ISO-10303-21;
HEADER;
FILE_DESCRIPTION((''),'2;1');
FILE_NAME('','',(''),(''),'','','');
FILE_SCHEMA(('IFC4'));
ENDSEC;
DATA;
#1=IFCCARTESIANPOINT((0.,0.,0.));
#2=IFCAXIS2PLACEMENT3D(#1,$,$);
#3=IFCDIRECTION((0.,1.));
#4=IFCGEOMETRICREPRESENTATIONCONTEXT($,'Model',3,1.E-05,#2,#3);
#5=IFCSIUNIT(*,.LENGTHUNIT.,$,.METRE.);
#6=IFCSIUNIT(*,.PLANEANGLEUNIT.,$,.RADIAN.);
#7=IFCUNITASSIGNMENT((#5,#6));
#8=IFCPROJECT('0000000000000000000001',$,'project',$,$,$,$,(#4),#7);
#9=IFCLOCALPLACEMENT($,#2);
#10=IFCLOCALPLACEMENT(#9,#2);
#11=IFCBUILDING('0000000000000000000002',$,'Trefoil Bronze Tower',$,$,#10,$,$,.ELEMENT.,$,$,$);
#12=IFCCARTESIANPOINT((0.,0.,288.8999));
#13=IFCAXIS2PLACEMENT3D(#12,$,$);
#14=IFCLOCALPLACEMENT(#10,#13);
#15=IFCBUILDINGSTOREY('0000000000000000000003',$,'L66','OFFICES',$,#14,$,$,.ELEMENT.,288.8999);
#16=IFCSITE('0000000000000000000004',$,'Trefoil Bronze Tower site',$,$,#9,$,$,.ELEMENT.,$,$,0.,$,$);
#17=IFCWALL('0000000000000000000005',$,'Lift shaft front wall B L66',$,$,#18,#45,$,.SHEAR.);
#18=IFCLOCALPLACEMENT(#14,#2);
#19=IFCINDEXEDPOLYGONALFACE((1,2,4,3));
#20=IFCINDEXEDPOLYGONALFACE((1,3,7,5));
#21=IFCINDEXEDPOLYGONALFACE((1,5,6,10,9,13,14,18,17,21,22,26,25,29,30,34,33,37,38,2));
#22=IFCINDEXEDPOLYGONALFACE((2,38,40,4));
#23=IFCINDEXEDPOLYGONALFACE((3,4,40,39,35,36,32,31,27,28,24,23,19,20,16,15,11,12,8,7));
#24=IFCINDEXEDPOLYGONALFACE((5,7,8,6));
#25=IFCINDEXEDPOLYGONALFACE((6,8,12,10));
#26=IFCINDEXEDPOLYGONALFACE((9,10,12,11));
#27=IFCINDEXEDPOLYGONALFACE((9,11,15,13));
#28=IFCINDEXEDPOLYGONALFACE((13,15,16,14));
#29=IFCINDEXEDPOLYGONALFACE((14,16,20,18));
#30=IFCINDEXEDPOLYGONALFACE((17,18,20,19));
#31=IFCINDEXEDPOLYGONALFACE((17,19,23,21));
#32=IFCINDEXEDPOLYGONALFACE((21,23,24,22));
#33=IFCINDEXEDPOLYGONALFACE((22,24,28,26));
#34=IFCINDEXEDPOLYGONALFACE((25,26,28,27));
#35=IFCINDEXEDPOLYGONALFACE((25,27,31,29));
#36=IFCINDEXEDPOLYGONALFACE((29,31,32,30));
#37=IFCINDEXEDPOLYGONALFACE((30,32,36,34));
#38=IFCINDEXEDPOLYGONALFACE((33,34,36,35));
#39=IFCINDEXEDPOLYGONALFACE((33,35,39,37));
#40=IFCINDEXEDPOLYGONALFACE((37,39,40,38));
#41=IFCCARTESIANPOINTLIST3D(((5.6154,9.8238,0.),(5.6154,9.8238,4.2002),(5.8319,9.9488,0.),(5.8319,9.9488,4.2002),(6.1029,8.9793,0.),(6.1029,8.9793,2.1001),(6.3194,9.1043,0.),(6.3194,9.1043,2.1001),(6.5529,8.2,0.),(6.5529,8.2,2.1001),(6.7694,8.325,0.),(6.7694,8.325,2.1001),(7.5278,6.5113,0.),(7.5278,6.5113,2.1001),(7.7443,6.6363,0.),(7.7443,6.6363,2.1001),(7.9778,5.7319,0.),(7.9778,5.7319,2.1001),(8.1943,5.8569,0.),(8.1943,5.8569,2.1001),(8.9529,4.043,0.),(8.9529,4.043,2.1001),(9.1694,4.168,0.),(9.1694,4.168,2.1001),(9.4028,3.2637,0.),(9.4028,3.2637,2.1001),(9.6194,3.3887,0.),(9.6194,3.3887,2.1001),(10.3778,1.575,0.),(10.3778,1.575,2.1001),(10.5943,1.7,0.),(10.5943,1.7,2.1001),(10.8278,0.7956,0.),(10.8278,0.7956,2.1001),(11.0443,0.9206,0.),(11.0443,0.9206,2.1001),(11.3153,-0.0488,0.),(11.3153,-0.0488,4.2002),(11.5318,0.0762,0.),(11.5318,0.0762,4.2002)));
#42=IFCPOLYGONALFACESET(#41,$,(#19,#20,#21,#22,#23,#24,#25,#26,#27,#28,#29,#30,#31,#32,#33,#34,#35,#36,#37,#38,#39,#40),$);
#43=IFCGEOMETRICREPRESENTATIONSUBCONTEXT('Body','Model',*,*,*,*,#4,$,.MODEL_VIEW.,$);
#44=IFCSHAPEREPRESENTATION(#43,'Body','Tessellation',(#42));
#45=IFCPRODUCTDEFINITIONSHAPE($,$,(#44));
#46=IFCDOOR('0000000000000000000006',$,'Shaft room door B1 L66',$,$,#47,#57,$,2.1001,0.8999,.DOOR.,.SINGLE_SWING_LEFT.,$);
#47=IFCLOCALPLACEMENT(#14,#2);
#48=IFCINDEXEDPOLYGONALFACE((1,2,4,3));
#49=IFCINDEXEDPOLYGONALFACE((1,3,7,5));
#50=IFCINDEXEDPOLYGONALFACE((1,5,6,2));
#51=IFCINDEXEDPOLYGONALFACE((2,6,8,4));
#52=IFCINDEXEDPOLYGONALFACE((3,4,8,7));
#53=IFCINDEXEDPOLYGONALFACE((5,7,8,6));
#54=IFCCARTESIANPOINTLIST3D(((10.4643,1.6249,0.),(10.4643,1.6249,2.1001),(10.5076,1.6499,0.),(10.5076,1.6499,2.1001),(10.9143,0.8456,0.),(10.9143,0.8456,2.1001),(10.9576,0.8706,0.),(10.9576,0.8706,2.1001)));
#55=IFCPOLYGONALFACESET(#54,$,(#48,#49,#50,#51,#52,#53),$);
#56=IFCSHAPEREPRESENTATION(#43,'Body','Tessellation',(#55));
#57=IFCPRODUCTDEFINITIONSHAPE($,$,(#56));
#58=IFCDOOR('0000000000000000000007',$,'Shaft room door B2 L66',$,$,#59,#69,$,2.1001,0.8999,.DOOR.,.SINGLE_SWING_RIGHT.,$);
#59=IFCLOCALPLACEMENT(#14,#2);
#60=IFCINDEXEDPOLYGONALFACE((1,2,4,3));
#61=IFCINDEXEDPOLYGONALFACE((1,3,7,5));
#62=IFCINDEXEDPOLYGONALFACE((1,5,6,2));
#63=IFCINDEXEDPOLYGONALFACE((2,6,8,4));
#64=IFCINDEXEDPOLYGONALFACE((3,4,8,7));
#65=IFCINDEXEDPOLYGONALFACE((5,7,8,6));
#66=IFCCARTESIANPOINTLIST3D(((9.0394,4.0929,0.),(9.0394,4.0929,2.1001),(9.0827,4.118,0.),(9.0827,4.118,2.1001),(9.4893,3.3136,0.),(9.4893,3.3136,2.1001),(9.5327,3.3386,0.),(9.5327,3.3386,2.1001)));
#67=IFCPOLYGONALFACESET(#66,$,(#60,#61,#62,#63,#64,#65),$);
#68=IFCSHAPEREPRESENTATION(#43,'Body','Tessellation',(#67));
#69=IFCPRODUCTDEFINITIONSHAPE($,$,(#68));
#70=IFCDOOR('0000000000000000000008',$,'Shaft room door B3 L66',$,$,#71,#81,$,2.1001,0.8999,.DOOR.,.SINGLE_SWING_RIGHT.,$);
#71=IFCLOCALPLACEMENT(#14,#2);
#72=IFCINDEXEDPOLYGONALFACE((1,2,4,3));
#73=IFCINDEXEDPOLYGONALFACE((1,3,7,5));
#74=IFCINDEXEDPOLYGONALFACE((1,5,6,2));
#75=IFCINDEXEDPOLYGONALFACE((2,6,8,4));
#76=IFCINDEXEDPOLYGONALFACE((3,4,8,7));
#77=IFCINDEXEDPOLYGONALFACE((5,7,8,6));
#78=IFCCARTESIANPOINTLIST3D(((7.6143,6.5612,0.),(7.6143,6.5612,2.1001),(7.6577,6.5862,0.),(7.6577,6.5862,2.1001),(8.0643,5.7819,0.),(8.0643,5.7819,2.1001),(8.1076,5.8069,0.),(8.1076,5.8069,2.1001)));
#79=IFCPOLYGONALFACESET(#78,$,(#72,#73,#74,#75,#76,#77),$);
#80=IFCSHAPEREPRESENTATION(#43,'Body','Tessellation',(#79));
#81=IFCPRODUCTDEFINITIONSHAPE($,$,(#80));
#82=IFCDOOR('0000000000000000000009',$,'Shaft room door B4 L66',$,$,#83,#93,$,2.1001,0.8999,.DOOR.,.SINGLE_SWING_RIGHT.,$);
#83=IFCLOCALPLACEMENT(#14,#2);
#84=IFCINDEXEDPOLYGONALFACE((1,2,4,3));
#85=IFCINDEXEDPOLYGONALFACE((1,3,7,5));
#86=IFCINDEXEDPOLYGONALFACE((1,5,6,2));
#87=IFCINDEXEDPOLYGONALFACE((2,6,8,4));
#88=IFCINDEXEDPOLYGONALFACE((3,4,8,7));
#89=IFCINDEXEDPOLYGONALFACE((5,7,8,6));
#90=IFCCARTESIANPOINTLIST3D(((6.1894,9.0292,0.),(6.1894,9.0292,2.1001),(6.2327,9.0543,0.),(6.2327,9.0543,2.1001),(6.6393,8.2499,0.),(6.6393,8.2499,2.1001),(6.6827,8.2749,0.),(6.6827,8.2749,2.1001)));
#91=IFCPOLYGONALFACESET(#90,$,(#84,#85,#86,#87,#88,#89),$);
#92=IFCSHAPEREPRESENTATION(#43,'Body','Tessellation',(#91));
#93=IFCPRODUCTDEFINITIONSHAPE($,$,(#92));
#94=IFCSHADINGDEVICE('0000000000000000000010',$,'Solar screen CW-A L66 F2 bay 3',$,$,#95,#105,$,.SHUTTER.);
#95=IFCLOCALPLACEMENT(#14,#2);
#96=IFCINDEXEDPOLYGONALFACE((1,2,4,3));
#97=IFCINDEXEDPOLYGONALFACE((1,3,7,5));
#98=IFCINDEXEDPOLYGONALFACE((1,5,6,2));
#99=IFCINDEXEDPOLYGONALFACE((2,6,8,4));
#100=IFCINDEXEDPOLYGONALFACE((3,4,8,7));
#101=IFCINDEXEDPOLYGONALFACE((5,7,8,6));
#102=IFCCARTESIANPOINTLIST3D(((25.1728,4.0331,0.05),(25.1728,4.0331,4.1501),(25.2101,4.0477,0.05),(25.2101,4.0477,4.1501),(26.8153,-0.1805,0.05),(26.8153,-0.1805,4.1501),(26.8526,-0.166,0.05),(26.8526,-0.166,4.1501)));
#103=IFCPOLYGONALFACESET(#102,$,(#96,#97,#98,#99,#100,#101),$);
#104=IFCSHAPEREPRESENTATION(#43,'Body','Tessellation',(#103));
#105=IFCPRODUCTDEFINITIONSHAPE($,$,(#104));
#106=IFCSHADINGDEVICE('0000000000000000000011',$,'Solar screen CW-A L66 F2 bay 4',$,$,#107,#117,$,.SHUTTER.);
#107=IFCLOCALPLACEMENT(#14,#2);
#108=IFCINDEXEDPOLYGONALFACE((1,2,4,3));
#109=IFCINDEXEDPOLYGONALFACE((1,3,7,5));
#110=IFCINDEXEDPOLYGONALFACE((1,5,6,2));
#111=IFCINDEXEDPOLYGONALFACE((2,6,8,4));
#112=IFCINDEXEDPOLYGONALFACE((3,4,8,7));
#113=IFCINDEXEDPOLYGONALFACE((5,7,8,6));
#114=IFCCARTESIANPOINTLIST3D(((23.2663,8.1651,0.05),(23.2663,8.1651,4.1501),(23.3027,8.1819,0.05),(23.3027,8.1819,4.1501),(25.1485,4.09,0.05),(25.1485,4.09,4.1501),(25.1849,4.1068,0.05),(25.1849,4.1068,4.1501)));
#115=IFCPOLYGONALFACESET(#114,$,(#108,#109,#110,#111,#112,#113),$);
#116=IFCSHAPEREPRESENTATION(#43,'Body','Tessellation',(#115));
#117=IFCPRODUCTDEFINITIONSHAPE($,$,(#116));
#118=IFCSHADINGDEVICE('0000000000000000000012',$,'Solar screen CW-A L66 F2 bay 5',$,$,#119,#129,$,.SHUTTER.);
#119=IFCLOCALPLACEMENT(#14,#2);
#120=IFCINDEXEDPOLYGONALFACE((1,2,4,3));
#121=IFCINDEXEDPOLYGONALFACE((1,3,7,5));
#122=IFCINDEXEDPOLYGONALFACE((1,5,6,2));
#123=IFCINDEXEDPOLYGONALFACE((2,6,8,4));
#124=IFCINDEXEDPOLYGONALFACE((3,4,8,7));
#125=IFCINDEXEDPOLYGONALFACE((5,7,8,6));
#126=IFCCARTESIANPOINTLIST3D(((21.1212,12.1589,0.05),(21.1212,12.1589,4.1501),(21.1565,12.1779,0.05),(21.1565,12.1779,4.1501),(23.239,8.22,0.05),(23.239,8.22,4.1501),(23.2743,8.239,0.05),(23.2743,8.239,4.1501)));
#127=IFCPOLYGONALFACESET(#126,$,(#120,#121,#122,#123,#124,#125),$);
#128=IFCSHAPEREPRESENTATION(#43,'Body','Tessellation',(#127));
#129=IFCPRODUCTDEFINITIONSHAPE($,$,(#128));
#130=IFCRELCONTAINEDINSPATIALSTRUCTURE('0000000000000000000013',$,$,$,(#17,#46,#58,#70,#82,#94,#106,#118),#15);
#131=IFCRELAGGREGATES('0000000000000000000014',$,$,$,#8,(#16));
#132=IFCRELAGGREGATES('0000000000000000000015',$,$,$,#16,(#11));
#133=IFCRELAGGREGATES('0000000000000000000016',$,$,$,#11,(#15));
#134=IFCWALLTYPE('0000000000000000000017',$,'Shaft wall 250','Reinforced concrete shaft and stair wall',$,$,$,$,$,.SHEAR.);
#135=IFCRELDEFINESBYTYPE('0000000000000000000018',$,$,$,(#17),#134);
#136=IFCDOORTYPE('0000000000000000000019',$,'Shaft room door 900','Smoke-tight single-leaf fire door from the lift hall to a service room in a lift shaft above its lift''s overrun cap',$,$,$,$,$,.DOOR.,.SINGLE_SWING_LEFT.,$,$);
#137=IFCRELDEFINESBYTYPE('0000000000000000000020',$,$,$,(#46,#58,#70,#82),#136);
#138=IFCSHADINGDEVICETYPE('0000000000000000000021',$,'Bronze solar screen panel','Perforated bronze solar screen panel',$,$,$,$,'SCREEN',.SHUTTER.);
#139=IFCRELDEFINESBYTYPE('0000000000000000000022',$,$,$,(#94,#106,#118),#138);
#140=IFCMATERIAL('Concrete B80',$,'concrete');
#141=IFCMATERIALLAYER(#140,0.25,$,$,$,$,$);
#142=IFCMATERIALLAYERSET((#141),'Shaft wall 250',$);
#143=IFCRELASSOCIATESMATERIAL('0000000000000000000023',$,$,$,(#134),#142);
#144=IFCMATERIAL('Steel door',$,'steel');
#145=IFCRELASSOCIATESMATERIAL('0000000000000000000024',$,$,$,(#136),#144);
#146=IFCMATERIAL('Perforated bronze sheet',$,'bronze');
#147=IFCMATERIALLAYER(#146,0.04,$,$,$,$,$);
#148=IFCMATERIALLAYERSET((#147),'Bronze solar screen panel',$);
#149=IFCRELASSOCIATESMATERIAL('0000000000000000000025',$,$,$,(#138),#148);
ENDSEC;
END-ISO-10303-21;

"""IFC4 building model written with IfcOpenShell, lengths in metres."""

from ifc_helpers import new_model, si_unit, direction, frame, frame_2d, origin, origin_2d, place, context, subcontext, project, spatial, rectangle, extrude, material, layer, layer_set, type_object, element, fill, save


model = new_model("IFC4")

# Units and contexts
model_context = context("Model", 3, precision=1e-05, world=origin(), true_north=direction((0.0, 1.0)))
body_context = subcontext(model_context, "Body", "Model", "MODEL_VIEW")
ifc_project = project(units=[si_unit("LENGTHUNIT", "METRE"), si_unit("PLANEANGLEUNIT", "RADIAN")], contexts=[model_context])

# Site, building, storey
site_placement = place(None, origin())
site = spatial("IfcSite", under=ifc_project, at=site_placement, Name="Trefoil Bronze Tower site", CompositionType="ELEMENT", RefElevation=0.0)
building_placement = place(site_placement, origin())
building = spatial("IfcBuilding", under=site, at=building_placement, Name="Trefoil Bronze Tower", CompositionType="ELEMENT")
storey_placement = place(building_placement, frame((0.0, 0.0, 288.8999)))
storey = spatial("IfcBuildingStorey", under=building, at=storey_placement, Name="L66", Description="OFFICES", CompositionType="ELEMENT", Elevation=288.8999)

# Wall, openings, doors
ifc_material_1 = material(Name="Concrete B80", Category="concrete")
ifc_layer_1 = layer(ifc_material_1, 0.25)
ifc_layer_set_1 = layer_set([ifc_layer_1], Name="Shaft wall 250")
wall_type_1 = type_object("IfcWallType", Name="Shaft wall 250", Description="Reinforced concrete shaft and stair wall", PredefinedType="SHEAR", material=ifc_layer_set_1)
wall_1_placement = place(storey_placement, frame((11.4236, 0.0137, 0.0), z_axis=(0.0, 0.0, 1.0), x_axis=(-0.500002, 0.866024, 0.0)))
wall_1 = element("IfcWall", 1, at=wall_1_placement, inside=storey, type_object=wall_type_1, Name="Lift shaft front wall B L66", PredefinedType="SHEAR", context=body_context, shape_type="SweptSolid", body=[
    extrude(rectangle(XDim=11.3999, YDim=0.25, at=frame_2d((5.7, 0.0))), origin(), (0.0, 0.0, 1.0), 4.2002),
])
opening_1_placement = place(wall_1_placement, frame((0.9751, 0.0, 0.0)))
opening_1 = element("IfcOpeningElement", 2, at=opening_1_placement, cuts=wall_1, PredefinedType="OPENING", context=body_context, shape_type="SweptSolid", body=[
    extrude(rectangle(XDim=0.8999, YDim=2.1001, at=frame_2d((0.45, 1.05))), frame((0.0, 0.135, 0.0), z_axis=(0.0, -1.0, 0.0), x_axis=(1.0, 0.0, 0.0)), (0.0, 0.0, 1.0), 0.27),
])
opening_2_placement = place(wall_1_placement, frame((3.825, 0.0, 0.0)))
opening_2 = element("IfcOpeningElement", 3, at=opening_2_placement, cuts=wall_1, PredefinedType="OPENING", context=body_context, shape_type="SweptSolid", body=[
    extrude(rectangle(XDim=0.8999, YDim=2.1001, at=frame_2d((0.45, 1.05))), frame((0.0, 0.135, 0.0), z_axis=(0.0, -1.0, 0.0), x_axis=(1.0, 0.0, 0.0)), (0.0, 0.0, 1.0), 0.27),
])
opening_3_placement = place(wall_1_placement, frame((6.675, 0.0, 0.0)))
opening_3 = element("IfcOpeningElement", 4, at=opening_3_placement, cuts=wall_1, PredefinedType="OPENING", context=body_context, shape_type="SweptSolid", body=[
    extrude(rectangle(XDim=0.8999, YDim=2.1001, at=frame_2d((0.45, 1.05))), frame((0.0, 0.135, 0.0), z_axis=(0.0, -1.0, 0.0), x_axis=(1.0, 0.0, 0.0)), (0.0, 0.0, 1.0), 0.27),
])
opening_4_placement = place(wall_1_placement, frame((9.5249, 0.0, 0.0)))
opening_4 = element("IfcOpeningElement", 5, at=opening_4_placement, cuts=wall_1, PredefinedType="OPENING", context=body_context, shape_type="SweptSolid", body=[
    extrude(rectangle(XDim=0.8999, YDim=2.1001, at=frame_2d((0.45, 1.05))), frame((0.0, 0.135, 0.0), z_axis=(0.0, -1.0, 0.0), x_axis=(1.0, 0.0, 0.0)), (0.0, 0.0, 1.0), 0.27),
])
ifc_material_2 = material(Name="Steel door", Category="steel")
door_type_1 = type_object("IfcDoorType", Name="Shaft room door 900", Description="Smoke-tight single-leaf fire door from the lift hall to a service room in a lift shaft above its lift's overrun cap", OperationType="SINGLE_SWING_LEFT", PredefinedType="DOOR", material=ifc_material_2)
door_1_placement = place(opening_1_placement, frame((0.8999, 0.0, 0.0), z_axis=(0.0, 0.0, 1.0), x_axis=(-1.0, 0.0, 0.0)))
door_1 = element("IfcDoor", 6, at=door_1_placement, inside=storey, type_object=door_type_1, Name="Shaft room door B1 L66", OperationType="SINGLE_SWING_LEFT", OverallHeight=2.1001, OverallWidth=0.8999, PredefinedType="DOOR", context=body_context, shape_type="SweptSolid", body=[
    extrude(rectangle(XDim=0.8999, YDim=2.1001, at=frame_2d((0.45, 1.05))), frame((0.0, 0.0249, 0.0), z_axis=(0.0, -1.0, 0.0), x_axis=(1.0, 0.0, 0.0)), (0.0, 0.0, 1.0), 0.05),
])
fill(opening_1, door_1)
door_2_placement = place(opening_2_placement, frame((0.8999, 0.0, 0.0), z_axis=(0.0, 0.0, 1.0), x_axis=(-1.0, 0.0, 0.0)))
door_2 = element("IfcDoor", 7, at=door_2_placement, inside=storey, type_object=door_type_1, Name="Shaft room door B2 L66", OperationType="SINGLE_SWING_RIGHT", OverallHeight=2.1001, OverallWidth=0.8999, PredefinedType="DOOR", context=body_context, shape_type="SweptSolid", body=[
    extrude(rectangle(XDim=0.8999, YDim=2.1001, at=frame_2d((0.45, 1.05))), frame((0.0, 0.0249, 0.0), z_axis=(0.0, -1.0, 0.0), x_axis=(1.0, 0.0, 0.0)), (0.0, 0.0, 1.0), 0.05),
])
fill(opening_2, door_2)
door_3_placement = place(opening_3_placement, frame((0.8999, 0.0, 0.0), z_axis=(0.0, 0.0, 1.0), x_axis=(-1.0, 0.0, 0.0)))
door_3 = element("IfcDoor", 8, at=door_3_placement, inside=storey, type_object=door_type_1, Name="Shaft room door B3 L66", OperationType="SINGLE_SWING_RIGHT", OverallHeight=2.1001, OverallWidth=0.8999, PredefinedType="DOOR", context=body_context, shape_type="SweptSolid", body=[
    extrude(rectangle(XDim=0.8999, YDim=2.1001, at=frame_2d((0.45, 1.05))), frame((0.0, 0.0249, 0.0), z_axis=(0.0, -1.0, 0.0), x_axis=(1.0, 0.0, 0.0)), (0.0, 0.0, 1.0), 0.05),
])
fill(opening_3, door_3)
door_4_placement = place(opening_4_placement, frame((0.8999, 0.0, 0.0), z_axis=(0.0, 0.0, 1.0), x_axis=(-1.0, 0.0, 0.0)))
door_4 = element("IfcDoor", 9, at=door_4_placement, inside=storey, type_object=door_type_1, Name="Shaft room door B4 L66", OperationType="SINGLE_SWING_RIGHT", OverallHeight=2.1001, OverallWidth=0.8999, PredefinedType="DOOR", context=body_context, shape_type="SweptSolid", body=[
    extrude(rectangle(XDim=0.8999, YDim=2.1001, at=frame_2d((0.45, 1.05))), frame((0.0, 0.0249, 0.0), z_axis=(0.0, -1.0, 0.0), x_axis=(1.0, 0.0, 0.0)), (0.0, 0.0, 1.0), 0.05),
])
fill(opening_4, door_4)

# Shading devices
ifc_material_3 = material(Name="Perforated bronze sheet", Category="bronze")
ifc_layer_2 = layer(ifc_material_3, 0.04)
ifc_layer_set_2 = layer_set([ifc_layer_2], Name="Bronze solar screen panel")
shading_device_type = type_object("IfcShadingDeviceType", Name="Bronze solar screen panel", Description="Perforated bronze solar screen panel", ElementType="SCREEN", PredefinedType="SHUTTER", material=ifc_layer_set_2)
shading_device_1_placement = place(storey_placement, frame((26.0127, 1.9336, 0.05), z_axis=(0.0, 0.0, 1.0), x_axis=(-0.363199, 0.931712, 0.0)))
element("IfcShadingDevice", 10, at=shading_device_1_placement, inside=storey, type_object=shading_device_type, Name="Solar screen CW-A L66 F2 bay 3", PredefinedType="SHUTTER", context=body_context, shape_type="SweptSolid", body=[
    extrude(rectangle(XDim=4.5225, YDim=0.04, at=origin_2d()), origin(), (0.0, 0.0, 1.0), 4.1001),
])
shading_device_2_placement = place(storey_placement, frame((24.2256, 6.136, 0.05), z_axis=(0.0, 0.0, 1.0), x_axis=(-0.419309, 0.907844, 0.0)))
element("IfcShadingDevice", 11, at=shading_device_2_placement, inside=storey, type_object=shading_device_type, Name="Solar screen CW-A L66 F2 bay 4", PredefinedType="SHUTTER", context=body_context, shape_type="SweptSolid", body=[
    extrude(rectangle(XDim=4.4888, YDim=0.04, at=origin_2d()), origin(), (0.0, 0.0, 1.0), 4.1001),
])
shading_device_3_placement = place(storey_placement, frame((22.1978, 10.199, 0.05), z_axis=(0.0, 0.0, 1.0), x_axis=(-0.473562, 0.88076, 0.0)))
element("IfcShadingDevice", 12, at=shading_device_3_placement, inside=storey, type_object=shading_device_type, Name="Solar screen CW-A L66 F2 bay 5", PredefinedType="SHUTTER", context=body_context, shape_type="SweptSolid", body=[
    extrude(rectangle(XDim=4.4722, YDim=0.04, at=origin_2d()), origin(), (0.0, 0.0, 1.0), 4.1001),
])

save(model, "model.ifc")
